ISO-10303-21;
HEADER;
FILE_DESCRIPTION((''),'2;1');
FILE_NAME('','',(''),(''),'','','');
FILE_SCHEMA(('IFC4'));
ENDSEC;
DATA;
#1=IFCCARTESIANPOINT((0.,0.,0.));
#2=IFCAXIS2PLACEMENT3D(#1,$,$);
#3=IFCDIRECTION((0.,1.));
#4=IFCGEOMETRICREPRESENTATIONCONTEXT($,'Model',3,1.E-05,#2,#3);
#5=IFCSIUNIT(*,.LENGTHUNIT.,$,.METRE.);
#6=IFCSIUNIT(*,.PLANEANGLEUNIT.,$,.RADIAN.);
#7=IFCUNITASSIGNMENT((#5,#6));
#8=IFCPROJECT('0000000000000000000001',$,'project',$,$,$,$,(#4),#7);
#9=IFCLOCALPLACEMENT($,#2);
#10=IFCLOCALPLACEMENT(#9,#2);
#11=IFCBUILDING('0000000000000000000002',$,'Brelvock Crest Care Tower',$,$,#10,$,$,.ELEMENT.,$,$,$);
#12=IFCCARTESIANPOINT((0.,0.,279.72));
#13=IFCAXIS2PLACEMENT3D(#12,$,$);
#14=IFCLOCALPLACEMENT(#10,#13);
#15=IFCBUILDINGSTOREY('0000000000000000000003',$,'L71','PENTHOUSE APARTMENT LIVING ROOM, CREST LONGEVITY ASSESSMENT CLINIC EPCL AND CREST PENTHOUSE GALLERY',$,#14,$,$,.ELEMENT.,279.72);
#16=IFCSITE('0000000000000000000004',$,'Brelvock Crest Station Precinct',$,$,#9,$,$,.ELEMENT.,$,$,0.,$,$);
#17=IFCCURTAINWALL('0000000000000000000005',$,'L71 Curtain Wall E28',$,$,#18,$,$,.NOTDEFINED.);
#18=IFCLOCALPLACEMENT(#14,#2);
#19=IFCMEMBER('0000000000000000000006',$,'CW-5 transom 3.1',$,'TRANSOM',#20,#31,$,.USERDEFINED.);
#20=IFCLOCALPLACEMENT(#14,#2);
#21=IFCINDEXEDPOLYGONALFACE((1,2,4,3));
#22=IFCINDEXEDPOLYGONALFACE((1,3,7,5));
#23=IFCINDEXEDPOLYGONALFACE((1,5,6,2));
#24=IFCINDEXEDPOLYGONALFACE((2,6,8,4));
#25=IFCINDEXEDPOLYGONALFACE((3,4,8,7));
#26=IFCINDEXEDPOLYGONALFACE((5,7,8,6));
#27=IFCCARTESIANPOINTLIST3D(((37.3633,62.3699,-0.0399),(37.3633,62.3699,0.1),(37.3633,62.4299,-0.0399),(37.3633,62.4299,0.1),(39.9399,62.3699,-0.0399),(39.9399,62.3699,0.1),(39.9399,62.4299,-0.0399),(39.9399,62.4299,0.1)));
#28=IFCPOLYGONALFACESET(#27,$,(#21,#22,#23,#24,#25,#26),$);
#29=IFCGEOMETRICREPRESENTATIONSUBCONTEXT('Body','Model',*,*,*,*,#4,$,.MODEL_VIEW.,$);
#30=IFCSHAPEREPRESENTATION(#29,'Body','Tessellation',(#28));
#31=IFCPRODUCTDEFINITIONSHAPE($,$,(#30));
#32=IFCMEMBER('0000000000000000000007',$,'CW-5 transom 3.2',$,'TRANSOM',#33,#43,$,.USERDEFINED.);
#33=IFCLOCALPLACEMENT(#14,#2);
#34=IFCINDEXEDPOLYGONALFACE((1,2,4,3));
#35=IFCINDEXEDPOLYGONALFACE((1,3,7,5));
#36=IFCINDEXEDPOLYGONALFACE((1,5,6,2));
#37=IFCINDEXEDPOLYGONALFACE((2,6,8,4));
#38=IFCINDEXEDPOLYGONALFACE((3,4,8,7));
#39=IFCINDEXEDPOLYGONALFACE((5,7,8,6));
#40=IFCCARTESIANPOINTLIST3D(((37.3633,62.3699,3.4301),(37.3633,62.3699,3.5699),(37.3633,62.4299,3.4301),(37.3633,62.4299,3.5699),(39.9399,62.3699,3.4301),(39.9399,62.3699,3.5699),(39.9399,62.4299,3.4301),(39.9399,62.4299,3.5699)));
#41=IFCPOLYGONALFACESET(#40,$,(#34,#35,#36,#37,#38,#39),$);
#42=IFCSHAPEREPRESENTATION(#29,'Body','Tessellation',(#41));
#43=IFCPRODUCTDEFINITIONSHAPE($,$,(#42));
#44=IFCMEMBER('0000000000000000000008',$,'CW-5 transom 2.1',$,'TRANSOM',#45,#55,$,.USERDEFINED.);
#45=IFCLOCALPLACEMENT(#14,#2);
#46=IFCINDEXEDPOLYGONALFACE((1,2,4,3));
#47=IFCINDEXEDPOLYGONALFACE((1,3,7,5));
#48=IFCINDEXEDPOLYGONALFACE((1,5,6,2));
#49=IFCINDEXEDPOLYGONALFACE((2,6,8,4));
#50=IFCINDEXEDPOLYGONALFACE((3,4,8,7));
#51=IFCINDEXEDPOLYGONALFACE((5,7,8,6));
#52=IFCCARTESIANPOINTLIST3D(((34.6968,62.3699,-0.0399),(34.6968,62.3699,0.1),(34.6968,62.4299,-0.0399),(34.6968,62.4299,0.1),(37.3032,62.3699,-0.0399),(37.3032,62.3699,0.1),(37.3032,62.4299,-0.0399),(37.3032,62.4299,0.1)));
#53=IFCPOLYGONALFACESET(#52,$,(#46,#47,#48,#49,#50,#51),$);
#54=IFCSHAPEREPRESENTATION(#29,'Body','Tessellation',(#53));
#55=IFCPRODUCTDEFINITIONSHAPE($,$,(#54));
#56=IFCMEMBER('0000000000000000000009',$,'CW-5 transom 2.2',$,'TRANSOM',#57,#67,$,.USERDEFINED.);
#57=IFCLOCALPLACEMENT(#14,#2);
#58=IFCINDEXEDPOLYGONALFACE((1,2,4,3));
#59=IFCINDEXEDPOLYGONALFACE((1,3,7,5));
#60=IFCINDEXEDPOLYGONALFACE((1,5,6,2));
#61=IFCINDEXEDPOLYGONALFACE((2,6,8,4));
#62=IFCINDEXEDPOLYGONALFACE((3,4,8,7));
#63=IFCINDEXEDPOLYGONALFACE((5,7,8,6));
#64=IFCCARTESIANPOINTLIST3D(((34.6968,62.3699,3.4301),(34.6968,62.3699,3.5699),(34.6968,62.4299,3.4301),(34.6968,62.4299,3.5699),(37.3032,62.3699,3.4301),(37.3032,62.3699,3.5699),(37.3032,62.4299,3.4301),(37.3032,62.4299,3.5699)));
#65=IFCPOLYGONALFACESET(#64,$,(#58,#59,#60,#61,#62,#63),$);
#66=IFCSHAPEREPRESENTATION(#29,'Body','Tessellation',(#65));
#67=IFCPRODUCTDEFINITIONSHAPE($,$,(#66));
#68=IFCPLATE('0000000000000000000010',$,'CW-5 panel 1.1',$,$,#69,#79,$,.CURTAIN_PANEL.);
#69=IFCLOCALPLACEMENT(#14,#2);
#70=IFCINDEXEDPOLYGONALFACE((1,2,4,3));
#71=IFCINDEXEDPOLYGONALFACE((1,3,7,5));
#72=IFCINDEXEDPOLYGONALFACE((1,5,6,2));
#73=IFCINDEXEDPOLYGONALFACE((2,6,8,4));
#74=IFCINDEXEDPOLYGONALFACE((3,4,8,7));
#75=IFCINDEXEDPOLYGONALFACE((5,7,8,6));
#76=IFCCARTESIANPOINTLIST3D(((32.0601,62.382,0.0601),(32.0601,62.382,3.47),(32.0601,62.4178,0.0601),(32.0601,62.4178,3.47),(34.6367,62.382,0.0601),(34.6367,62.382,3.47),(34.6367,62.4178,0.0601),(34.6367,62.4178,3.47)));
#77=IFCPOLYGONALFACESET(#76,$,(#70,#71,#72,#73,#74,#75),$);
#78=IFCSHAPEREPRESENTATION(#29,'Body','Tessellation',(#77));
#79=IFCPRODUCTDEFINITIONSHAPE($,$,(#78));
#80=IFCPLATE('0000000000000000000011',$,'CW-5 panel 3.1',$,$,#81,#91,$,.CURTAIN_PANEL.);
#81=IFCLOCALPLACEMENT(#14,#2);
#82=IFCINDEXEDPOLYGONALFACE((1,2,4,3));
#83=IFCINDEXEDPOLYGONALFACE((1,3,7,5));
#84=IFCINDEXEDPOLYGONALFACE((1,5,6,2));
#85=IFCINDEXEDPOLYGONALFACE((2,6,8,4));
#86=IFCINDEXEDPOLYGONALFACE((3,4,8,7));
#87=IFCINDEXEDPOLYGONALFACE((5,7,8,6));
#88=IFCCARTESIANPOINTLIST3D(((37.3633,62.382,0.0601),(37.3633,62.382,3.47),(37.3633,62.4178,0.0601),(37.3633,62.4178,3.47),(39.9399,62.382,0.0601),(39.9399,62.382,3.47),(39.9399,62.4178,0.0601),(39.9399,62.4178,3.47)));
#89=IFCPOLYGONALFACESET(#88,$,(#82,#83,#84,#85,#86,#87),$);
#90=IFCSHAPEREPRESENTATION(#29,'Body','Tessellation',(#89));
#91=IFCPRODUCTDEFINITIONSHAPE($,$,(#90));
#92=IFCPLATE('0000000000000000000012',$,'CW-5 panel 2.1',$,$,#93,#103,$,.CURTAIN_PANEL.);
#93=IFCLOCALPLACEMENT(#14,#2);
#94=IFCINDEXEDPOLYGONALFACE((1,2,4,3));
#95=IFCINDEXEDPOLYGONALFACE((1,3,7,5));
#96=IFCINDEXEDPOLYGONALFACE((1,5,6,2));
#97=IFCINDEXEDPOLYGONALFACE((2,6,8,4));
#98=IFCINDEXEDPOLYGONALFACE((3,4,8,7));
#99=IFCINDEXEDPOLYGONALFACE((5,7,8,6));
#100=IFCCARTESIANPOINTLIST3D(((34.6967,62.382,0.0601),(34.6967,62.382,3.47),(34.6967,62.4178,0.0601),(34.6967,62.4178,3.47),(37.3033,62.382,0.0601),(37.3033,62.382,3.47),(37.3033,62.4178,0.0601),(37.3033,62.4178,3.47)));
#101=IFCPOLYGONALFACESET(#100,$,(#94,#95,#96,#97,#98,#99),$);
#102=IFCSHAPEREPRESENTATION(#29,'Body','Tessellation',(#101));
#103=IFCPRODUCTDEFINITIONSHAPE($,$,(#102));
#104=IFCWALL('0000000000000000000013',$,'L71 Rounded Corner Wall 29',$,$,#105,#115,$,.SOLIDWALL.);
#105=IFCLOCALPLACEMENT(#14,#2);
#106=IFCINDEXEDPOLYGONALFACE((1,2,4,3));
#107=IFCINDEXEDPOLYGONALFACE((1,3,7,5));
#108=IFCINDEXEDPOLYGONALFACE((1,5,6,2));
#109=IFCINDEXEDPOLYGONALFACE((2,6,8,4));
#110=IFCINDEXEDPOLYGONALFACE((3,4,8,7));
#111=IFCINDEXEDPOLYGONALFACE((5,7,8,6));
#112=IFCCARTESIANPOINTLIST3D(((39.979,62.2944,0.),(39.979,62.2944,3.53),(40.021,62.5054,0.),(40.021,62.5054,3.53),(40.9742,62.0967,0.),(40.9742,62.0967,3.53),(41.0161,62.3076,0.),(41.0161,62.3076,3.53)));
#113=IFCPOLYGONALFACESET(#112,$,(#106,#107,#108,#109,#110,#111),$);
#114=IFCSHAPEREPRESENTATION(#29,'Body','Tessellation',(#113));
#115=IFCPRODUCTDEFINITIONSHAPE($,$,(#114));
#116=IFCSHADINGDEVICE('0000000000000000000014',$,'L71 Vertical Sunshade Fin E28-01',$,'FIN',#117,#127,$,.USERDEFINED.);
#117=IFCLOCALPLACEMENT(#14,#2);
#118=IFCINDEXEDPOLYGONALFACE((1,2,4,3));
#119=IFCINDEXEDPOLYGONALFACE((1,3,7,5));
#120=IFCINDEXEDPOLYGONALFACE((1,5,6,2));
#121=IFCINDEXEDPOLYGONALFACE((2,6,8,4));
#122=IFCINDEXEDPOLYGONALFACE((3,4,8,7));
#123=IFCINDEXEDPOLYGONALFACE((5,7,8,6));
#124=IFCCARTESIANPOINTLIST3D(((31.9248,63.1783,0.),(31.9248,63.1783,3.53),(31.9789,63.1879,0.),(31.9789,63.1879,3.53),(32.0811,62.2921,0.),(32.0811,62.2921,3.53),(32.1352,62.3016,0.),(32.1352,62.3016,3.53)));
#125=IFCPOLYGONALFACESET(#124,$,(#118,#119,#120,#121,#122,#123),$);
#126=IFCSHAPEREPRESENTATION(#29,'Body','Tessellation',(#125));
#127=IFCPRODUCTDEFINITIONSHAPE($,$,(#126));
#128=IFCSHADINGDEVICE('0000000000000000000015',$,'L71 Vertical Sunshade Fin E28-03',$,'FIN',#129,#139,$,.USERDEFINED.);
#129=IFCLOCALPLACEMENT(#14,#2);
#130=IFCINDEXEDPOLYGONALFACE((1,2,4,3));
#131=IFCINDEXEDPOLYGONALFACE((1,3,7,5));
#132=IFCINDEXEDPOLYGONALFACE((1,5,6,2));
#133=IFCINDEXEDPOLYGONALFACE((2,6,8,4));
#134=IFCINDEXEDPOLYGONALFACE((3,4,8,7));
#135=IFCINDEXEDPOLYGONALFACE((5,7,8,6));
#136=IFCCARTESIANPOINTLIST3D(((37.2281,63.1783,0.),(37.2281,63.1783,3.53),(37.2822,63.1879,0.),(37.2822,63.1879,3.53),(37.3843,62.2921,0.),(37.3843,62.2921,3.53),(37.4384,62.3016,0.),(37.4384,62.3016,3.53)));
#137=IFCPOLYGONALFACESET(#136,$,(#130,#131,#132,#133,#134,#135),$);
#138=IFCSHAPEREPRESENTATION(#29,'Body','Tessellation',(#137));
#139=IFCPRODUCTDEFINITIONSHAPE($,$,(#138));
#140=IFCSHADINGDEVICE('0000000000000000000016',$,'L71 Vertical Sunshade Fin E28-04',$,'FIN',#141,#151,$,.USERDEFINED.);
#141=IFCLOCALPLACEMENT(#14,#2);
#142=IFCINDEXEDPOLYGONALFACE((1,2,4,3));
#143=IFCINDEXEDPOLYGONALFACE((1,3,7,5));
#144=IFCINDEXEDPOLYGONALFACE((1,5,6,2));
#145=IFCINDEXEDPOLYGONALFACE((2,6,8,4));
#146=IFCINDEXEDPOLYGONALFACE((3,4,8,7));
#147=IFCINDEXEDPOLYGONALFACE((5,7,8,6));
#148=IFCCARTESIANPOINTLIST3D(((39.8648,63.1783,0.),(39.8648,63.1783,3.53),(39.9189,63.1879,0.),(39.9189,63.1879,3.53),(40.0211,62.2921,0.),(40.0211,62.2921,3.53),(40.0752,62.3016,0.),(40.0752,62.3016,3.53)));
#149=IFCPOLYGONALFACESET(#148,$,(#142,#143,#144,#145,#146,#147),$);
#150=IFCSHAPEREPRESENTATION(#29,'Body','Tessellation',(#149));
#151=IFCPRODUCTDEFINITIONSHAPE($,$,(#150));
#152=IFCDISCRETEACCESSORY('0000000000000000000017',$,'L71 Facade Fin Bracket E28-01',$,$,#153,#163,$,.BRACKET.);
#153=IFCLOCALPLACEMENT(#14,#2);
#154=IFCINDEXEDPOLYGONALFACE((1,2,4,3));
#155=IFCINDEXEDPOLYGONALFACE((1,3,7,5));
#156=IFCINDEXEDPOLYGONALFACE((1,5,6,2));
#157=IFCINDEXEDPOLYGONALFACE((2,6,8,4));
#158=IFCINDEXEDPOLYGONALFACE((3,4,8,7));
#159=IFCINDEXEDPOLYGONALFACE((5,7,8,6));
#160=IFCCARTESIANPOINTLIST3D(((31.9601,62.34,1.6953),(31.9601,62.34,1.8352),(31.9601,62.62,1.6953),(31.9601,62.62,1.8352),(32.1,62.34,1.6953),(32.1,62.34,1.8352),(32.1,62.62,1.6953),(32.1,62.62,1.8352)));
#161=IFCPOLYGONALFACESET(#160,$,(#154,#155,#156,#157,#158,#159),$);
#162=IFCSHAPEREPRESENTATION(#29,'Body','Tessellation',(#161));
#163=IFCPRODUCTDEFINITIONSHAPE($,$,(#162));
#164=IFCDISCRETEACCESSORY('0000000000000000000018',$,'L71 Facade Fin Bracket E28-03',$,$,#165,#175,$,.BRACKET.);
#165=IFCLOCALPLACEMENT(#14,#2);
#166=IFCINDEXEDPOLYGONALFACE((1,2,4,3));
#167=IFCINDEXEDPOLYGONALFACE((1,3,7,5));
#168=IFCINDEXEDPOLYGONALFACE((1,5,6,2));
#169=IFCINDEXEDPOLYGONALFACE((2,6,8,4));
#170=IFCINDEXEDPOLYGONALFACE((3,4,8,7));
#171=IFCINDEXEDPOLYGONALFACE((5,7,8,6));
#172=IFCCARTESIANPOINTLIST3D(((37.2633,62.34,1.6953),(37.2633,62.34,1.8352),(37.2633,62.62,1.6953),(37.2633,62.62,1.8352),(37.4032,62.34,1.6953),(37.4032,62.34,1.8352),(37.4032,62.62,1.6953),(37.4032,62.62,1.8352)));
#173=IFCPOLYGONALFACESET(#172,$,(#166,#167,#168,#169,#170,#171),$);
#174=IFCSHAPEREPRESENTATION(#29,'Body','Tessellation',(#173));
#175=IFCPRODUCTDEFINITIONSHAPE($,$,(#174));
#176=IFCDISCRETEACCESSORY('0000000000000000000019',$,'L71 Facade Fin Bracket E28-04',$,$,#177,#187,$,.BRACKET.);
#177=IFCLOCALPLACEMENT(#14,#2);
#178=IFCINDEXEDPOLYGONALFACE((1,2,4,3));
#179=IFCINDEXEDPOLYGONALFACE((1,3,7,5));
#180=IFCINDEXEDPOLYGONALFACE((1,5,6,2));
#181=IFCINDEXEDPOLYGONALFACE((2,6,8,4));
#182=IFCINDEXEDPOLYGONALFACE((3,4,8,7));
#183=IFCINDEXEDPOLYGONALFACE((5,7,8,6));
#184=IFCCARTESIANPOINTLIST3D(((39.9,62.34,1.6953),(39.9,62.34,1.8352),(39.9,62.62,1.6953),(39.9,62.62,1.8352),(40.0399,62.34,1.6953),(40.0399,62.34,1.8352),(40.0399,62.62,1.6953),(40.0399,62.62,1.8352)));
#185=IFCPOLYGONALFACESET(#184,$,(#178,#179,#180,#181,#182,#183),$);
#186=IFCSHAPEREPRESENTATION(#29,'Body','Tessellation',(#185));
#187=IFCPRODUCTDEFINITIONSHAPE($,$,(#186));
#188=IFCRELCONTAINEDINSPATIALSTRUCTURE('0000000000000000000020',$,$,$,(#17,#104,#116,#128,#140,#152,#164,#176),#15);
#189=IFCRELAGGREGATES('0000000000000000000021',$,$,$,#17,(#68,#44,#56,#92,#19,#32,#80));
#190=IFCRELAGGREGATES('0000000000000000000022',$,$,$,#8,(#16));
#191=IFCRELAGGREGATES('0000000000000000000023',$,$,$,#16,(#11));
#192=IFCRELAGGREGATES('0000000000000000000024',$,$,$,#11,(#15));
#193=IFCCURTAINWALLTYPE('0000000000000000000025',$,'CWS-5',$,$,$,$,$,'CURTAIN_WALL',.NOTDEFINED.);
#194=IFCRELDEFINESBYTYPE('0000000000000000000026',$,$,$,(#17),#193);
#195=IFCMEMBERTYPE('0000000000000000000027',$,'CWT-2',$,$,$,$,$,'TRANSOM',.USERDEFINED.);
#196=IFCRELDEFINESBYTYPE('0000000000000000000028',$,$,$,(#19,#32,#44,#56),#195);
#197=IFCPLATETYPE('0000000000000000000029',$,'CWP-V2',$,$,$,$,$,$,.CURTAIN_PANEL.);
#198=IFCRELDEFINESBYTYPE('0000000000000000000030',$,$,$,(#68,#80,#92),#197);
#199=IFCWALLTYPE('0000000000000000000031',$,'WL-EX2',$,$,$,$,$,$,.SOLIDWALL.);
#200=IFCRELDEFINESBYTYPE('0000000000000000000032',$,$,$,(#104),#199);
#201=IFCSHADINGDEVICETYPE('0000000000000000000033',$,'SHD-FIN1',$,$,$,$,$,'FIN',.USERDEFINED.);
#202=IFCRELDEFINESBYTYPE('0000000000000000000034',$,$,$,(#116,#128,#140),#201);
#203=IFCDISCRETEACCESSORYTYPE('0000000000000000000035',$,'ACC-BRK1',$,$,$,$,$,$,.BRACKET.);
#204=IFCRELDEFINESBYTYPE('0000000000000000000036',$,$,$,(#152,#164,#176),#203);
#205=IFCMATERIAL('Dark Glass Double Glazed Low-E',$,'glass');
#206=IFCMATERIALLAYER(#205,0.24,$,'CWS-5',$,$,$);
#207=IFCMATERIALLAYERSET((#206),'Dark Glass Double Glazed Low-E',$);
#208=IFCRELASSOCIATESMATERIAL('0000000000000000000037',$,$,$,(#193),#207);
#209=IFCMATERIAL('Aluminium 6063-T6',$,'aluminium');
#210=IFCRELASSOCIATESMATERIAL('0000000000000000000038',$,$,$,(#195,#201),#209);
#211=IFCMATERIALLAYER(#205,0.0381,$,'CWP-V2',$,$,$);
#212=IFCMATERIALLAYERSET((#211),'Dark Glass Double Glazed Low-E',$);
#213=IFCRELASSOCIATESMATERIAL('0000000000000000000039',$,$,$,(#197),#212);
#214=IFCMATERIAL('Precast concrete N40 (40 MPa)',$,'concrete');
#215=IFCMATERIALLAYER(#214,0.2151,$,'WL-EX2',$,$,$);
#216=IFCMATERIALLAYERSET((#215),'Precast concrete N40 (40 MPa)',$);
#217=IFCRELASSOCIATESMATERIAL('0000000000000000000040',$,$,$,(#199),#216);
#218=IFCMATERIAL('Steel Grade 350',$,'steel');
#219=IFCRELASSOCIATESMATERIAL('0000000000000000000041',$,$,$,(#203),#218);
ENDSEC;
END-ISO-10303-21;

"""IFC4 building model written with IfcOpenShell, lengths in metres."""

from ifc_helpers import new_model, si_unit, direction, frame, frame_2d, origin, origin_2d, place, context, subcontext, project, spatial, rectangle, extrude, source, transform, mapped, material, layer, layer_set, material_profile, profile_set, type_object, element, aggregate, save


model = new_model("IFC4")

# Units and contexts
model_context = context("Model", 3, precision=1e-05, world=origin(), true_north=direction((0.0, 1.0)))
body_context = subcontext(model_context, "Body", "Model", "MODEL_VIEW")
ifc_project = project(units=[si_unit("LENGTHUNIT", "METRE"), si_unit("PLANEANGLEUNIT", "RADIAN")], contexts=[model_context])

# Site, building, storey
site_placement = place(None, origin())
site = spatial("IfcSite", under=ifc_project, at=site_placement, Name="Brelvock Crest Station Precinct", CompositionType="ELEMENT", RefElevation=0.0)
building_placement = place(site_placement, origin())
building = spatial("IfcBuilding", under=site, at=building_placement, Name="Brelvock Crest Care Tower", CompositionType="ELEMENT")
storey_placement = place(building_placement, frame((0.0, 0.0, 279.72)))
storey = spatial("IfcBuildingStorey", under=building, at=storey_placement, Name="L71", Description="PENTHOUSE APARTMENT LIVING ROOM, CREST LONGEVITY ASSESSMENT CLINIC EPCL AND CREST PENTHOUSE GALLERY", CompositionType="ELEMENT", Elevation=279.72)

# Shared definitions
ifc_material_1 = material(Name="Steel Grade 350", Category="steel")

# Curtain wall, members, plates
ifc_material_2 = material(Name="Dark Glass Double Glazed Low-E", Category="glass")
ifc_layer_1 = layer(ifc_material_2, 0.24, Name="CWS-5")
ifc_layer_set_1 = layer_set([ifc_layer_1], Name="Dark Glass Double Glazed Low-E")
curtain_wall_type = type_object("IfcCurtainWallType", Name="CWS-5", ElementType="CURTAIN_WALL", PredefinedType="NOTDEFINED", material=ifc_layer_set_1)
curtain_wall_placement = place(storey_placement, origin())
curtain_wall = element("IfcCurtainWall", 1, at=curtain_wall_placement, inside=storey, type_object=curtain_wall_type, Name="L71 Curtain Wall E28", PredefinedType="NOTDEFINED")
ifc_material_3 = material(Name="Aluminium 6063-T6", Category="aluminium")
ifc_material_profile_1 = material_profile(ifc_material_3, rectangle(XDim=0.0601, YDim=0.1399, at=origin_2d()), Name="ALU60x140")
ifc_profile_set_1 = profile_set([ifc_material_profile_1], Name="Aluminium 6063-T6")
member_type_1 = type_object("IfcMemberType", Name="CWT-2", ElementType="TRANSOM", PredefinedType="USERDEFINED", material=ifc_profile_set_1)
shared_shape_1 = source(origin(), body_context, "Body", "SweptSolid", [
    extrude(rectangle(XDim=0.0601, YDim=0.1399, at=origin_2d()), origin(), (0.0, 0.0, 1.0), 2.5767),
])
member_1_placement = place(storey_placement, frame((37.3633, 62.3999, 0.03), z_axis=(1.0, 0.0, 0.0), x_axis=(0.0, 1.0, 0.0)))
member_1 = element("IfcMember", 2, at=member_1_placement, type_object=member_type_1, Name="CW-5 transom 3.1", ObjectType="TRANSOM", PredefinedType="USERDEFINED", context=body_context, shape_type="MappedRepresentation", body=[
    mapped(shared_shape_1, transform((0.0, 0.0, 0.0), x_axis=(1.0, 0.0, 0.0), y_axis=(0.0, 1.0, 0.0), z_axis=(0.0, 0.0, 1.0), scale=1.0)),
])
member_2_placement = place(storey_placement, frame((37.3633, 62.3999, 3.5), z_axis=(1.0, 0.0, 0.0), x_axis=(0.0, 1.0, 0.0)))
member_2 = element("IfcMember", 3, at=member_2_placement, type_object=member_type_1, Name="CW-5 transom 3.2", ObjectType="TRANSOM", PredefinedType="USERDEFINED", context=body_context, shape_type="MappedRepresentation", body=[
    mapped(shared_shape_1, transform((0.0, 0.0, 0.0), x_axis=(1.0, 0.0, 0.0), y_axis=(0.0, 1.0, 0.0), z_axis=(0.0, 0.0, 1.0), scale=1.0)),
])
shared_shape_2 = source(origin(), body_context, "Body", "SweptSolid", [
    extrude(rectangle(XDim=0.0601, YDim=0.1399, at=origin_2d()), origin(), (0.0, 0.0, 1.0), 2.6064),
])
member_3_placement = place(storey_placement, frame((34.6968, 62.3999, 0.03), z_axis=(1.0, 0.0, 0.0), x_axis=(0.0, 1.0, 0.0)))
member_3 = element("IfcMember", 4, at=member_3_placement, type_object=member_type_1, Name="CW-5 transom 2.1", ObjectType="TRANSOM", PredefinedType="USERDEFINED", context=body_context, shape_type="MappedRepresentation", body=[
    mapped(shared_shape_2, transform((0.0, 0.0, 0.0), x_axis=(1.0, 0.0, 0.0), y_axis=(0.0, 1.0, 0.0), z_axis=(0.0, 0.0, 1.0), scale=1.0)),
])
member_4_placement = place(storey_placement, frame((34.6968, 62.3999, 3.5), z_axis=(1.0, 0.0, 0.0), x_axis=(0.0, 1.0, 0.0)))
member_4 = element("IfcMember", 5, at=member_4_placement, type_object=member_type_1, Name="CW-5 transom 2.2", ObjectType="TRANSOM", PredefinedType="USERDEFINED", context=body_context, shape_type="MappedRepresentation", body=[
    mapped(shared_shape_2, transform((0.0, 0.0, 0.0), x_axis=(1.0, 0.0, 0.0), y_axis=(0.0, 1.0, 0.0), z_axis=(0.0, 0.0, 1.0), scale=1.0)),
])
ifc_layer_2 = layer(ifc_material_2, 0.0381, Name="CWP-V2")
ifc_layer_set_2 = layer_set([ifc_layer_2], Name="Dark Glass Double Glazed Low-E")
plate_type = type_object("IfcPlateType", Name="CWP-V2", PredefinedType="CURTAIN_PANEL", material=ifc_layer_set_2)
shared_shape_3 = source(origin(), body_context, "Body", "SweptSolid", [
    extrude(rectangle(XDim=2.5767, YDim=0.0359, at=origin_2d()), origin(), (0.0, 0.0, 1.0), 3.4099),
])
plate_1_placement = place(storey_placement, frame((33.3484, 62.3999, 0.0601), z_axis=(0.0, 0.0, 1.0), x_axis=(1.0, 0.0, 0.0)))
plate_1 = element("IfcPlate", 6, at=plate_1_placement, type_object=plate_type, Name="CW-5 panel 1.1", PredefinedType="CURTAIN_PANEL", context=body_context, shape_type="MappedRepresentation", body=[
    mapped(shared_shape_3, transform((0.0, 0.0, 0.0), x_axis=(1.0, 0.0, 0.0), y_axis=(0.0, 1.0, 0.0), z_axis=(0.0, 0.0, 1.0), scale=1.0)),
])
plate_2_placement = place(storey_placement, frame((38.6516, 62.3999, 0.0601), z_axis=(0.0, 0.0, 1.0), x_axis=(1.0, 0.0, 0.0)))
plate_2 = element("IfcPlate", 7, at=plate_2_placement, type_object=plate_type, Name="CW-5 panel 3.1", PredefinedType="CURTAIN_PANEL", context=body_context, shape_type="MappedRepresentation", body=[
    mapped(shared_shape_3, transform((0.0, 0.0, 0.0), x_axis=(1.0, 0.0, 0.0), y_axis=(0.0, 1.0, 0.0), z_axis=(0.0, 0.0, 1.0), scale=1.0)),
])
shared_shape_4 = source(origin(), body_context, "Body", "SweptSolid", [
    extrude(rectangle(XDim=2.6067, YDim=0.0359, at=origin_2d()), origin(), (0.0, 0.0, 1.0), 3.4099),
])
plate_3_placement = place(storey_placement, frame((36.0, 62.3999, 0.0601), z_axis=(0.0, 0.0, 1.0), x_axis=(1.0, 0.0, 0.0)))
plate_3 = element("IfcPlate", 8, at=plate_3_placement, type_object=plate_type, Name="CW-5 panel 2.1", PredefinedType="CURTAIN_PANEL", context=body_context, shape_type="MappedRepresentation", body=[
    mapped(shared_shape_4, transform((0.0, 0.0, 0.0), x_axis=(1.0, 0.0, 0.0), y_axis=(0.0, 1.0, 0.0), z_axis=(0.0, 0.0, 1.0), scale=1.0)),
])
aggregate(curtain_wall, [plate_1, member_3, member_4, plate_3, member_1, member_2, plate_2])

# Wall
ifc_material_4 = material(Name="Precast concrete N40 (40 MPa)", Category="concrete")
ifc_layer_3 = layer(ifc_material_4, 0.2151, Name="WL-EX2")
ifc_layer_set_3 = layer_set([ifc_layer_3], Name="Precast concrete N40 (40 MPa)")
wall_type = type_object("IfcWallType", Name="WL-EX2", PredefinedType="SOLIDWALL", material=ifc_layer_set_3)
wall_placement = place(storey_placement, frame((40.0, 62.3999, 0.0), z_axis=(0.0, 0.0, 1.0), x_axis=(0.980821, -0.194913, 0.0)))
element("IfcWall", 9, at=wall_placement, inside=storey, type_object=wall_type, Name="L71 Rounded Corner Wall 29", PredefinedType="SOLIDWALL", context=body_context, shape_type="SweptSolid", body=[
    extrude(rectangle(XDim=1.0146, YDim=0.2151, at=frame_2d((0.5073, 0.0))), origin(), (0.0, 0.0, 1.0), 3.53),
])

# Shading devices
ifc_material_profile_2 = material_profile(ifc_material_3, rectangle(XDim=0.0549, YDim=0.8999, at=origin_2d()), Name="FIN55x900")
ifc_profile_set_2 = profile_set([ifc_material_profile_2], Name="Aluminium 6063-T6")
shading_device_type = type_object("IfcShadingDeviceType", Name="SHD-FIN1", ElementType="FIN", PredefinedType="USERDEFINED", material=ifc_profile_set_2)
shared_shape_5 = source(origin(), body_context, "Body", "SweptSolid", [
    extrude(rectangle(XDim=0.0549, YDim=0.8999, at=origin_2d()), origin(), (0.0, 0.0, 1.0), 3.53),
])
for number, where, z_axis, x_axis, name in (
    (10, (32.03, 62.74, 0.0), (0.0, 0.0, 1.0), (0.984808, 0.173648, 0.0), "L71 Vertical Sunshade Fin E28-01"),
    (11, (37.3333, 62.74, 0.0), (0.0, 0.0, 1.0), (0.984808, 0.173648, 0.0), "L71 Vertical Sunshade Fin E28-03"),
    (12, (39.97, 62.74, 0.0), (0.0, 0.0, 1.0), (0.984808, 0.173648, 0.0), "L71 Vertical Sunshade Fin E28-04"),
):
    element("IfcShadingDevice", number, at=place(storey_placement, frame(where, z_axis=z_axis, x_axis=x_axis)), inside=storey, type_object=shading_device_type, Name=name, ObjectType="FIN", PredefinedType="USERDEFINED", context=body_context, shape_type="MappedRepresentation", body=[
        mapped(shared_shape_5, transform((0.0, 0.0, 0.0), x_axis=(1.0, 0.0, 0.0), y_axis=(0.0, 1.0, 0.0), z_axis=(0.0, 0.0, 1.0), scale=1.0)),
    ])

# Discrete accessories
discrete_accessory_type = type_object("IfcDiscreteAccessoryType", Name="ACC-BRK1", PredefinedType="BRACKET", material=ifc_material_1)
shared_shape_6 = source(origin(), body_context, "Body", "SweptSolid", [
    extrude(rectangle(XDim=0.28, YDim=0.1399, at=origin_2d()), origin(), (0.0, 0.0, 1.0), 0.1399),
])
for number, where, z_axis, x_axis, name in (
    (13, (32.03, 62.48, 1.6953), (0.0, 0.0, 1.0), (0.0, 1.0, 0.0), "L71 Facade Fin Bracket E28-01"),
    (14, (37.3333, 62.48, 1.6953), (0.0, 0.0, 1.0), (0.0, 1.0, 0.0), "L71 Facade Fin Bracket E28-03"),
    (15, (39.97, 62.48, 1.6953), (0.0, 0.0, 1.0), (0.0, 1.0, 0.0), "L71 Facade Fin Bracket E28-04"),
):
    element("IfcDiscreteAccessory", number, at=place(storey_placement, frame(where, z_axis=z_axis, x_axis=x_axis)), inside=storey, type_object=discrete_accessory_type, Name=name, PredefinedType="BRACKET", context=body_context, shape_type="MappedRepresentation", body=[
        mapped(shared_shape_6, transform((0.0, 0.0, 0.0), x_axis=(1.0, 0.0, 0.0), y_axis=(0.0, 1.0, 0.0), z_axis=(0.0, 0.0, 1.0), scale=1.0)),
    ])

save(model, "model.ifc")
